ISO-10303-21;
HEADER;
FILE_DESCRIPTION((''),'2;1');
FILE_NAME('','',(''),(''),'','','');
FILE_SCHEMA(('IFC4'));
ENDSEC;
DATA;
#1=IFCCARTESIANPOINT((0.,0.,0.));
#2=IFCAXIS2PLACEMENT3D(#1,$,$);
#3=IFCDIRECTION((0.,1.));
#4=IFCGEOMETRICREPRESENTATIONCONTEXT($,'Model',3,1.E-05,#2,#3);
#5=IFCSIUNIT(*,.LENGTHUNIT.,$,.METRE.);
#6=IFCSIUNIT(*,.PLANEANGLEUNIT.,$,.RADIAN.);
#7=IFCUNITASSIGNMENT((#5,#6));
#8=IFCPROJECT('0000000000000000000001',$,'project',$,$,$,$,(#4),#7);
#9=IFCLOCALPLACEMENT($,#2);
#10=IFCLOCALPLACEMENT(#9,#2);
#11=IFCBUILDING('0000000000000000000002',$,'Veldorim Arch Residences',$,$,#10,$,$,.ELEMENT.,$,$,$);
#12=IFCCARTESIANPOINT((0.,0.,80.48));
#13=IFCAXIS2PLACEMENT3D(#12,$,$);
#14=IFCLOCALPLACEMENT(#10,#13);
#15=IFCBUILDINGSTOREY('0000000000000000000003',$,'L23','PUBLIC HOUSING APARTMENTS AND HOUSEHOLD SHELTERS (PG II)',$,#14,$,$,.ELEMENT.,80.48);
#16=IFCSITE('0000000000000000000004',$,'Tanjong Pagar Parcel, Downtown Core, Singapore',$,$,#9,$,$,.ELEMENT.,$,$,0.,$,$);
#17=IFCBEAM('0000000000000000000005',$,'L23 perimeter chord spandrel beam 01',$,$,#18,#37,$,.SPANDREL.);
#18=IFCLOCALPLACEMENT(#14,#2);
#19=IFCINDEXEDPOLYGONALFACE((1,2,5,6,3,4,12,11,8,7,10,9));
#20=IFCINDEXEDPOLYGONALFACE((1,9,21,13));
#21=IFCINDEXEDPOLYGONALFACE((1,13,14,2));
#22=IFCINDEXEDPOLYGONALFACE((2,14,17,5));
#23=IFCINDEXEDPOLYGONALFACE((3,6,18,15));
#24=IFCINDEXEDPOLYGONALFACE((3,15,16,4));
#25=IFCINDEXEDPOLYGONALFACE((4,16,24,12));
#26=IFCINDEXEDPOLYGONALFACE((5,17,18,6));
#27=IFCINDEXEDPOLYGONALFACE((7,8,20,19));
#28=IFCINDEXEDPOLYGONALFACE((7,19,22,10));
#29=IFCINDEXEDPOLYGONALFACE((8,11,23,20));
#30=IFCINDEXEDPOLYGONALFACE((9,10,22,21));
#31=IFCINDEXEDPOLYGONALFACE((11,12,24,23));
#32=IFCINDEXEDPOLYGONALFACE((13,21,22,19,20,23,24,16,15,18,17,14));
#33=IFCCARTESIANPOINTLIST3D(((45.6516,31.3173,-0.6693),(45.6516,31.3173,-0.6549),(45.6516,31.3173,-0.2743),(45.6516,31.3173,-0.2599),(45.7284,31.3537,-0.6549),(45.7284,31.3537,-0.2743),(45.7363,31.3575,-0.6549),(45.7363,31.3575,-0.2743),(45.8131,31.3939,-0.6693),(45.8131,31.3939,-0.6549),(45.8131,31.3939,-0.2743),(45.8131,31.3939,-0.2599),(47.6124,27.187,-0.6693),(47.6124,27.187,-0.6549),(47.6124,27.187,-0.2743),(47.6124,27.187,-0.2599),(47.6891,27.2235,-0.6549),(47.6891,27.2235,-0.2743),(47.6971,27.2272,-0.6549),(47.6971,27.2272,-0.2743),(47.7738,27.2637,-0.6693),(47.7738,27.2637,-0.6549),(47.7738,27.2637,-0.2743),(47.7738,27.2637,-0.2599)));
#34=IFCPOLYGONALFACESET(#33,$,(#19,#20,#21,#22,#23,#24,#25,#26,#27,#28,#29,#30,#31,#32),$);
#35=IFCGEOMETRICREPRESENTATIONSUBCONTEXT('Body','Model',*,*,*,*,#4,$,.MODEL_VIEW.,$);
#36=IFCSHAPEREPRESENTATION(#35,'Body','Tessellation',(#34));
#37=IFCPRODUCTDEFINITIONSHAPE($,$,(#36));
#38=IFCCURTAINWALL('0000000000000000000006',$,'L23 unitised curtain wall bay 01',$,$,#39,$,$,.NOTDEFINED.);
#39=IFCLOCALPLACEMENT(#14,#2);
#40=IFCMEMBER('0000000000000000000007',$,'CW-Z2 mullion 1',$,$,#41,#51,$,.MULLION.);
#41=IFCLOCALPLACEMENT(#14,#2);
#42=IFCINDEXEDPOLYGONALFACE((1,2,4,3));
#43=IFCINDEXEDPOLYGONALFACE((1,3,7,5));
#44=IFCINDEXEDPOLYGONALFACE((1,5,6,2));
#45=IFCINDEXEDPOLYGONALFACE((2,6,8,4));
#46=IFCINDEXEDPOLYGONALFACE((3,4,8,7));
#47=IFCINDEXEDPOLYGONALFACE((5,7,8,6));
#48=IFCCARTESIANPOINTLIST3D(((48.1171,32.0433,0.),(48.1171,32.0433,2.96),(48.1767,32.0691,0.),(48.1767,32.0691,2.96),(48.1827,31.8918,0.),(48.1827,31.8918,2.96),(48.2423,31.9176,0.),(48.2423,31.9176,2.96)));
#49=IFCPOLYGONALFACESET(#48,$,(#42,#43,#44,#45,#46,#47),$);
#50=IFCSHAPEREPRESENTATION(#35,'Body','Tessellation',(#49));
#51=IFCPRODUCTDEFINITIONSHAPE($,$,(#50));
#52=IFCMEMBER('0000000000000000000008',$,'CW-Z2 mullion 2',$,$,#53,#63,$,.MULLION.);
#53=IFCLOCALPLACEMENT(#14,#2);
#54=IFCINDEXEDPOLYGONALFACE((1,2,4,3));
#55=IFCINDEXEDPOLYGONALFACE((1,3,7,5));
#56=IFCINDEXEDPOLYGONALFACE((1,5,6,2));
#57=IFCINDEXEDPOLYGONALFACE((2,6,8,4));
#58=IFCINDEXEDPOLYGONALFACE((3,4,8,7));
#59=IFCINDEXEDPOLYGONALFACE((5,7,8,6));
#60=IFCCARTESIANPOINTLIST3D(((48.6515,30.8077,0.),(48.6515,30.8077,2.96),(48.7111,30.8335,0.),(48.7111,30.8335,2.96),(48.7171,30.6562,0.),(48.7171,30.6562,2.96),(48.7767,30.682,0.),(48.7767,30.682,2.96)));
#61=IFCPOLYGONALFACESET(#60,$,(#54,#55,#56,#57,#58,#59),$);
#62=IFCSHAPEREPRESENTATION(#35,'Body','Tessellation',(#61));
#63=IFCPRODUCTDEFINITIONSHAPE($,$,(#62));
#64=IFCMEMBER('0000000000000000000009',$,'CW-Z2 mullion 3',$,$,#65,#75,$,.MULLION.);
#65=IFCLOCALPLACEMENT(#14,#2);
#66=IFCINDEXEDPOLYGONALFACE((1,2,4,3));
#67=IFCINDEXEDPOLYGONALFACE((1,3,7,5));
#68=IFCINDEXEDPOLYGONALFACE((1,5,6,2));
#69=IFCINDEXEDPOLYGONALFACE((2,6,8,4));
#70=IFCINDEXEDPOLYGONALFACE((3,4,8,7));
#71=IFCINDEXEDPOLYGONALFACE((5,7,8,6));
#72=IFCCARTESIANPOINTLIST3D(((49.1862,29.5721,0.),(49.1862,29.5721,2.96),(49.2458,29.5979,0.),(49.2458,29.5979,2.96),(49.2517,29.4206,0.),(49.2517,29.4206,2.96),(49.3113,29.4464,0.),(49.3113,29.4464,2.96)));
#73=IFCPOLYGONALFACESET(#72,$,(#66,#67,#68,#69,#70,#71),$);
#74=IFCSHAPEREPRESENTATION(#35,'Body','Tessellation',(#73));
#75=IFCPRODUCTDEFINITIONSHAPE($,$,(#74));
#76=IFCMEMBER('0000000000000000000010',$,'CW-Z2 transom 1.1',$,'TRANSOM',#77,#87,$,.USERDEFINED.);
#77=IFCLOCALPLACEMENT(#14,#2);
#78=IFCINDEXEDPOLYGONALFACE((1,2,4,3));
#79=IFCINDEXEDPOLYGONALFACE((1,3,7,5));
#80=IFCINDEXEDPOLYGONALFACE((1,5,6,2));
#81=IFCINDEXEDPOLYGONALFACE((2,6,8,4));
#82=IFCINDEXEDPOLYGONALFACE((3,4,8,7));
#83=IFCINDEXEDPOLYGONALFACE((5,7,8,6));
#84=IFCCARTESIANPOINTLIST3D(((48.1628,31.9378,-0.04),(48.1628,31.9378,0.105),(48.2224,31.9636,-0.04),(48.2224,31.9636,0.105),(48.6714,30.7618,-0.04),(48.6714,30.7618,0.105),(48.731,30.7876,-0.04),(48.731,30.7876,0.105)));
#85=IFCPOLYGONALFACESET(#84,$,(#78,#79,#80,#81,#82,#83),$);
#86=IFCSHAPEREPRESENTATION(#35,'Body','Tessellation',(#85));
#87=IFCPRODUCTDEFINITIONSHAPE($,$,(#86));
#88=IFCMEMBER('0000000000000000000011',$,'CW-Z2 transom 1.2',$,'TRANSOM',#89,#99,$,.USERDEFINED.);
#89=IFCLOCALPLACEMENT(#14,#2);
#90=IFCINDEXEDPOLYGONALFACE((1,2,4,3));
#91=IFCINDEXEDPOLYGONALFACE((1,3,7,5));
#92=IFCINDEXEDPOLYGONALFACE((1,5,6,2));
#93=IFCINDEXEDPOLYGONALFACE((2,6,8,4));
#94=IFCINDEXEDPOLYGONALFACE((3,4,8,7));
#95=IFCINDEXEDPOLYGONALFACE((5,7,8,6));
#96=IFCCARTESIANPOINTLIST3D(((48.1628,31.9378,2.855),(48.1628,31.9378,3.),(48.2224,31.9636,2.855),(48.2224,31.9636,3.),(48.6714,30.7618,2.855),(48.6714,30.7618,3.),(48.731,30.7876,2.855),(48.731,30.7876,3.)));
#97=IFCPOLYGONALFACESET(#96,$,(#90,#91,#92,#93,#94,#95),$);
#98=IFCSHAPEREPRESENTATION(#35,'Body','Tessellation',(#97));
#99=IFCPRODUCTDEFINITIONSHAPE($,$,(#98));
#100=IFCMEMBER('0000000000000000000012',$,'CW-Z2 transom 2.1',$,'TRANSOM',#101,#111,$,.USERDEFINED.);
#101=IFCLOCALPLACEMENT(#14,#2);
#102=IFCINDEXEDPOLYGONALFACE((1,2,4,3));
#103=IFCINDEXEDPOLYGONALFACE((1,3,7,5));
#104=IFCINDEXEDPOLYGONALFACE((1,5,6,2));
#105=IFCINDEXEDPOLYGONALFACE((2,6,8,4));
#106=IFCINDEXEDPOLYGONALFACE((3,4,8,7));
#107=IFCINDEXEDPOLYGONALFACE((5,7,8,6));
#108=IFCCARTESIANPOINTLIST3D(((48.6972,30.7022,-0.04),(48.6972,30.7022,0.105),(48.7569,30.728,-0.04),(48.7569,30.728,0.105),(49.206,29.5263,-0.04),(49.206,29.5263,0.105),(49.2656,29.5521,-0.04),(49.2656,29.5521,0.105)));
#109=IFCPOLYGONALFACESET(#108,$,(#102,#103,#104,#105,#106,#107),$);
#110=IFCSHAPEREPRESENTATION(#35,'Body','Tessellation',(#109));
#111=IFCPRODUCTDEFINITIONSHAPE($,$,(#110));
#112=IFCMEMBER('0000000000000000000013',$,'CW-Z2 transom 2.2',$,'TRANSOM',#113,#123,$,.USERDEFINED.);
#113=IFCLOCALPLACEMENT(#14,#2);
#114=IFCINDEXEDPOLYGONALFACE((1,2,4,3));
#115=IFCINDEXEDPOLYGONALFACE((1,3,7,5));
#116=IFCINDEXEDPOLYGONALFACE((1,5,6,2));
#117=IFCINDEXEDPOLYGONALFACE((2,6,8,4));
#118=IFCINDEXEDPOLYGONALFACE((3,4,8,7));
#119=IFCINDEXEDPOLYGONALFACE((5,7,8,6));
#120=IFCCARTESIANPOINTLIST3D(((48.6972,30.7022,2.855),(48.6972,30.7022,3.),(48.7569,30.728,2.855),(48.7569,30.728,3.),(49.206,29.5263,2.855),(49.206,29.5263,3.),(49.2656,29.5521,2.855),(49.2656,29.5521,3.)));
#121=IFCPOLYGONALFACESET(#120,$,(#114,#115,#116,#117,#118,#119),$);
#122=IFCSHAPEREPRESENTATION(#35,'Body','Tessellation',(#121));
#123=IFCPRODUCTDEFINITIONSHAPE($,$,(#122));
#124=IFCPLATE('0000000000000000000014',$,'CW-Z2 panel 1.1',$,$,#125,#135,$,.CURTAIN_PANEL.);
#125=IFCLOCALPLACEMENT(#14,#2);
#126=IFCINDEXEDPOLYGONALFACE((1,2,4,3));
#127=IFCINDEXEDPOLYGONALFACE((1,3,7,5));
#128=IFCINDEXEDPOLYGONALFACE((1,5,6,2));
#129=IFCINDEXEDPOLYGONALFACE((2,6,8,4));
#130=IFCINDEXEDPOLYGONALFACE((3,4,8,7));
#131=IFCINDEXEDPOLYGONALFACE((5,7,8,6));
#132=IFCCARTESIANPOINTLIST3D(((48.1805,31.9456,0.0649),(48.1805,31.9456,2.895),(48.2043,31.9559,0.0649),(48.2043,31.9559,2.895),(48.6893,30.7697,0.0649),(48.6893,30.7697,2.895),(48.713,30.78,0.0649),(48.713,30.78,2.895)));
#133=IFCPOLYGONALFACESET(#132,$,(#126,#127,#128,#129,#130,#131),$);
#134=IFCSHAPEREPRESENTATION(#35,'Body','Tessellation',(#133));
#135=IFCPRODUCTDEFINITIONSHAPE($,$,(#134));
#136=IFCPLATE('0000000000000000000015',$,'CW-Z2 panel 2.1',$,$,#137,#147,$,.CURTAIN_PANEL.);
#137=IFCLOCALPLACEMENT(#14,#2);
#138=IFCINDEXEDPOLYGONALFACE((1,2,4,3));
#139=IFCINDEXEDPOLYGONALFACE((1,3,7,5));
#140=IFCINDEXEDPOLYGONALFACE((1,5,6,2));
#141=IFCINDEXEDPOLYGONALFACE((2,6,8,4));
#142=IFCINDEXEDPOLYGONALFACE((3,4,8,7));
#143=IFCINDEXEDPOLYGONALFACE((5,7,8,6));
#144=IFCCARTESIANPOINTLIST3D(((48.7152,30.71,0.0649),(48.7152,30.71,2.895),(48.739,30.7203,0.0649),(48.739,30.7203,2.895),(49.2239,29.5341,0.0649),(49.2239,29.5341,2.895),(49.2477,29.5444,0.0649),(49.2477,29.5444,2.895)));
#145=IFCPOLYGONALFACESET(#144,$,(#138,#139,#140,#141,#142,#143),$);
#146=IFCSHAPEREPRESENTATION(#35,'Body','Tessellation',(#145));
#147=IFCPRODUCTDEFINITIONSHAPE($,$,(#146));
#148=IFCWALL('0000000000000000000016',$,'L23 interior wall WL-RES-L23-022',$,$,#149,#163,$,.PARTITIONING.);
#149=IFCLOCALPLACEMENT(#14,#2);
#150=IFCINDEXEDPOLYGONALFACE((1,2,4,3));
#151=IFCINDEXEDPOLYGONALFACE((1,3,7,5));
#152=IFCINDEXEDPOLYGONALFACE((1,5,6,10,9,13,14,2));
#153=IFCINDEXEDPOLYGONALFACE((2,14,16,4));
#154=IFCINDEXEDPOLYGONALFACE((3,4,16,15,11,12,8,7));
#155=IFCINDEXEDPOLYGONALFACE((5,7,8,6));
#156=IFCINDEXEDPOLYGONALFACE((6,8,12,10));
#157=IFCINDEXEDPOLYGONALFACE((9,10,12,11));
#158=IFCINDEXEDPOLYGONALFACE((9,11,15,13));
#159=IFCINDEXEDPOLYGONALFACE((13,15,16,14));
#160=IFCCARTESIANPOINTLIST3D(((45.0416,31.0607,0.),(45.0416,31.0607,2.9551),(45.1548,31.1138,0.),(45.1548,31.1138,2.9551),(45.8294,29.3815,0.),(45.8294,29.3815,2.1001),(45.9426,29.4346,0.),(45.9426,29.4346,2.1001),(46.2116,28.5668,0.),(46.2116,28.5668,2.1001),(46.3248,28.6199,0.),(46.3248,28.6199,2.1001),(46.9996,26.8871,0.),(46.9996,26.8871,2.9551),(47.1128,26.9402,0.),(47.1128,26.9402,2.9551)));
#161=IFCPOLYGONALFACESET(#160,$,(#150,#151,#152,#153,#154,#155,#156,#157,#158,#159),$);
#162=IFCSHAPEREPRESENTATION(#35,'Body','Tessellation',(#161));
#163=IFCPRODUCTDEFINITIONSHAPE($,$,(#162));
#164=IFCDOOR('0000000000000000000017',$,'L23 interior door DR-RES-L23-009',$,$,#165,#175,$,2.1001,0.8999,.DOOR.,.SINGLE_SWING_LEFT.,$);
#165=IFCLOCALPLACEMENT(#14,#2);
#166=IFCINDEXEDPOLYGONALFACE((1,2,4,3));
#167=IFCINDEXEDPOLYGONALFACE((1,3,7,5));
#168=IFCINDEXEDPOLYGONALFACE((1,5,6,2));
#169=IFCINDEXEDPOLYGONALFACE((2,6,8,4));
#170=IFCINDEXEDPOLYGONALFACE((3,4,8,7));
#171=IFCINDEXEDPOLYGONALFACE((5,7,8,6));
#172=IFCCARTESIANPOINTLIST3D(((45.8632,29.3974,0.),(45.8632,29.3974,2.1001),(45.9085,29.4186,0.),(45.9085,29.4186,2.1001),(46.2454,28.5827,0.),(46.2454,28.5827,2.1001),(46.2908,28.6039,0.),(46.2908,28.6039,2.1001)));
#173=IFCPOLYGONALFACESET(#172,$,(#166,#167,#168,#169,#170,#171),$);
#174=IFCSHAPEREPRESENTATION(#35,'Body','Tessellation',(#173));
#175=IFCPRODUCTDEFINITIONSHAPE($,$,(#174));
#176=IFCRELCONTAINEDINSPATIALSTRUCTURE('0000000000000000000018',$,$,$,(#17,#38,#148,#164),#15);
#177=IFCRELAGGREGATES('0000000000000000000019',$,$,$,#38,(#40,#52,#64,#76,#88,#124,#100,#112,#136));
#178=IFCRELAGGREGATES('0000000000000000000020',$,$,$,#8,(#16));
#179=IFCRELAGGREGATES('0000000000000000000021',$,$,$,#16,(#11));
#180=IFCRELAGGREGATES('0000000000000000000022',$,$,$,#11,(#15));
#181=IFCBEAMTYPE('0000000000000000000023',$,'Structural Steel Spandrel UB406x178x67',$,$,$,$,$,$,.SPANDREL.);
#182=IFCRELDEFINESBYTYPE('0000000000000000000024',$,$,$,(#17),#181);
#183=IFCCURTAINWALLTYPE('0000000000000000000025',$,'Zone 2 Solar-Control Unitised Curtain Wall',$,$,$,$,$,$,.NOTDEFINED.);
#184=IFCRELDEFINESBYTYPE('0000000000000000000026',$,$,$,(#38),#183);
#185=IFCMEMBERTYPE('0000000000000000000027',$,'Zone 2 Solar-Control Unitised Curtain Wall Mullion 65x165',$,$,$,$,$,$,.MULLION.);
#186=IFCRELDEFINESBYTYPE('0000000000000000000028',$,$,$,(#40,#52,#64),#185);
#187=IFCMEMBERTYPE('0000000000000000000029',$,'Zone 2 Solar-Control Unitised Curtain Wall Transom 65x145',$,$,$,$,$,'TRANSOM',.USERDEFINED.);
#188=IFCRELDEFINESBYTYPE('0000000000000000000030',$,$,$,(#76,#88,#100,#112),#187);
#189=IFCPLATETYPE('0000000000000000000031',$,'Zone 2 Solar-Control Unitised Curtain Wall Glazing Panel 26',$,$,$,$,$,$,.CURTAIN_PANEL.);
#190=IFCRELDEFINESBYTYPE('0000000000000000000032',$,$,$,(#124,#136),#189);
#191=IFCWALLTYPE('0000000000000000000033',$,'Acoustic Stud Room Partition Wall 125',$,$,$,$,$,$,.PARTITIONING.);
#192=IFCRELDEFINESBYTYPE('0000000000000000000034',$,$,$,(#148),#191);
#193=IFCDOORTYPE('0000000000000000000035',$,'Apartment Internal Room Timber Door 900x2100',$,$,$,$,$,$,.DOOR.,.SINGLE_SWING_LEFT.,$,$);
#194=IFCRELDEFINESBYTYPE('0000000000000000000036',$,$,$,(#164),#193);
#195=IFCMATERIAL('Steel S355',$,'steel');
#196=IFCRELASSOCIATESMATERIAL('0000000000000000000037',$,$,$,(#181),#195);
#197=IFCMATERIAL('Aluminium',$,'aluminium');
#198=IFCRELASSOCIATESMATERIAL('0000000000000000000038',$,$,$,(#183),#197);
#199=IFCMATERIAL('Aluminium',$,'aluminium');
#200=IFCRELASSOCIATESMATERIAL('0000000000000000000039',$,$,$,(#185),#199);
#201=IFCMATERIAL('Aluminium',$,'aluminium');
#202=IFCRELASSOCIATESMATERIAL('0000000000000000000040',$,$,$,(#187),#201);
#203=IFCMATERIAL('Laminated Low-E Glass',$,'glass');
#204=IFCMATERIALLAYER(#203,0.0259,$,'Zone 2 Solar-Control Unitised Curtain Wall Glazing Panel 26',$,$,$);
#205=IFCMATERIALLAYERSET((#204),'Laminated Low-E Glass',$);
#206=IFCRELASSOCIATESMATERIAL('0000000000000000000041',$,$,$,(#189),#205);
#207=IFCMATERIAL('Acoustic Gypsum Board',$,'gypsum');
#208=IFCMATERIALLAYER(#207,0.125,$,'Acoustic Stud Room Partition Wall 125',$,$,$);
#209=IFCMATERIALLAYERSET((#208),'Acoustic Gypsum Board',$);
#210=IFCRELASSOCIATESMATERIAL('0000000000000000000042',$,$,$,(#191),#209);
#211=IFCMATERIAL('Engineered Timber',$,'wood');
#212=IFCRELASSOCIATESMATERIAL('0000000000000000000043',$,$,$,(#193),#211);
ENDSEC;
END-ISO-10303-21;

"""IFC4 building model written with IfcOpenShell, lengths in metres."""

from ifc_helpers import new_model, si_unit, direction, frame, frame_2d, origin, origin_2d, place, context, subcontext, project, spatial, rectangle, i_section, extrude, material, layer, layer_set, material_profile, profile_set, type_object, element, fill, aggregate, save


model = new_model("IFC4")

# Units and contexts
model_context = context("Model", 3, precision=1e-05, world=origin(), true_north=direction((0.0, 1.0)))
body_context = subcontext(model_context, "Body", "Model", "MODEL_VIEW")
ifc_project = project(units=[si_unit("LENGTHUNIT", "METRE"), si_unit("PLANEANGLEUNIT", "RADIAN")], contexts=[model_context])

# Site, building, storey
site_placement = place(None, origin())
site = spatial("IfcSite", under=ifc_project, at=site_placement, Name="Tanjong Pagar Parcel, Downtown Core, Singapore", CompositionType="ELEMENT", RefElevation=0.0)
building_placement = place(site_placement, origin())
building = spatial("IfcBuilding", under=site, at=building_placement, Name="Veldorim Arch Residences", CompositionType="ELEMENT")
storey_placement = place(building_placement, frame((0.0, 0.0, 80.48)))
storey = spatial("IfcBuildingStorey", under=building, at=storey_placement, Name="L23", Description="PUBLIC HOUSING APARTMENTS AND HOUSEHOLD SHELTERS (PG II)", CompositionType="ELEMENT", Elevation=80.48)

# Beam
ifc_material_1 = material(Name="Steel S355", Category="steel")
ifc_material_profile_1 = material_profile(ifc_material_1, i_section(OverallWidth=0.1787, OverallDepth=0.4094, WebThickness=0.0088, FlangeThickness=0.0144, at=origin_2d()), Name="UB406x178x67")
ifc_profile_set_1 = profile_set([ifc_material_profile_1], Name="Steel S355")
beam_type_1 = type_object("IfcBeamType", Name="Structural Steel Spandrel UB406x178x67", PredefinedType="SPANDREL", material=ifc_profile_set_1)
beam_1_placement = place(storey_placement, frame((47.6931, 27.2253, -0.4646), z_axis=(-0.428857, 0.903372, 0.0), x_axis=(-0.903372, -0.428857, 0.0)))
element("IfcBeam", 1, at=beam_1_placement, inside=storey, type_object=beam_type_1, Name="L23 perimeter chord spandrel beam 01", PredefinedType="SPANDREL", context=body_context, shape_type="SweptSolid", body=[
    extrude(i_section(OverallWidth=0.1787, OverallDepth=0.4094, WebThickness=0.0088, FlangeThickness=0.0144, at=origin_2d()), origin(), (0.0, 0.0, 1.0), 4.572),
])

# Curtain wall, members, plates
ifc_material_2 = material(Name="Aluminium", Category="aluminium")
curtain_wall_type = type_object("IfcCurtainWallType", Name="Zone 2 Solar-Control Unitised Curtain Wall", PredefinedType="NOTDEFINED", material=ifc_material_2)
curtain_wall_placement = place(storey_placement, origin())
curtain_wall = element("IfcCurtainWall", 2, at=curtain_wall_placement, inside=storey, type_object=curtain_wall_type, Name="L23 unitised curtain wall bay 01", PredefinedType="NOTDEFINED")
ifc_material_3 = material(Name="Aluminium", Category="aluminium")
ifc_material_profile_2 = material_profile(ifc_material_3, rectangle(XDim=0.0649, YDim=0.165, at=origin_2d()), Name="ALU_MUL_65x165")
ifc_profile_set_2 = profile_set([ifc_material_profile_2], Name="Aluminium")
member_type_1 = type_object("IfcMemberType", Name="Zone 2 Solar-Control Unitised Curtain Wall Mullion 65x165", PredefinedType="MULLION", material=ifc_profile_set_2)
member_1_placement = place(storey_placement, frame((48.1797, 31.9805, 0.0), z_axis=(0.0, 0.0, 1.0), x_axis=(0.917797, 0.397051, 0.0)))
member_1 = element("IfcMember", 3, at=member_1_placement, type_object=member_type_1, Name="CW-Z2 mullion 1", PredefinedType="MULLION", context=body_context, shape_type="SweptSolid", body=[
    extrude(rectangle(XDim=0.0649, YDim=0.165, at=origin_2d()), origin(), (0.0, 0.0, 1.0), 2.96),
])
member_2_placement = place(storey_placement, frame((48.7141, 30.7449, 0.0), z_axis=(0.0, 0.0, 1.0), x_axis=(0.917797, 0.397051, 0.0)))
member_2 = element("IfcMember", 4, at=member_2_placement, type_object=member_type_1, Name="CW-Z2 mullion 2", PredefinedType="MULLION", context=body_context, shape_type="SweptSolid", body=[
    extrude(rectangle(XDim=0.0649, YDim=0.165, at=origin_2d()), origin(), (0.0, 0.0, 1.0), 2.96),
])
member_3_placement = place(storey_placement, frame((49.2488, 29.5093, 0.0), z_axis=(0.0, 0.0, 1.0), x_axis=(0.917797, 0.397051, 0.0)))
member_3 = element("IfcMember", 5, at=member_3_placement, type_object=member_type_1, Name="CW-Z2 mullion 3", PredefinedType="MULLION", context=body_context, shape_type="SweptSolid", body=[
    extrude(rectangle(XDim=0.0649, YDim=0.165, at=origin_2d()), origin(), (0.0, 0.0, 1.0), 2.96),
])
ifc_material_4 = material(Name="Aluminium", Category="aluminium")
ifc_material_profile_3 = material_profile(ifc_material_4, rectangle(XDim=0.0649, YDim=0.145, at=origin_2d()), Name="ALU_TRN_65x145")
ifc_profile_set_3 = profile_set([ifc_material_profile_3], Name="Aluminium")
member_type_2 = type_object("IfcMemberType", Name="Zone 2 Solar-Control Unitised Curtain Wall Transom 65x145", ElementType="TRANSOM", PredefinedType="USERDEFINED", material=ifc_profile_set_3)
member_4_placement = place(storey_placement, frame((48.1926, 31.9507, 0.0325), z_axis=(0.396907, -0.917859, 0.0), x_axis=(0.917859, 0.396907, 0.0)))
member_4 = element("IfcMember", 6, at=member_4_placement, type_object=member_type_2, Name="CW-Z2 transom 1.1", ObjectType="TRANSOM", PredefinedType="USERDEFINED", context=body_context, shape_type="SweptSolid", body=[
    extrude(rectangle(XDim=0.0649, YDim=0.145, at=origin_2d()), origin(), (0.0, 0.0, 1.0), 1.2812),
])
member_5_placement = place(storey_placement, frame((48.1926, 31.9507, 2.9275), z_axis=(0.396907, -0.917859, 0.0), x_axis=(0.917859, 0.396907, 0.0)))
member_5 = element("IfcMember", 7, at=member_5_placement, type_object=member_type_2, Name="CW-Z2 transom 1.2", ObjectType="TRANSOM", PredefinedType="USERDEFINED", context=body_context, shape_type="SweptSolid", body=[
    extrude(rectangle(XDim=0.0649, YDim=0.145, at=origin_2d()), origin(), (0.0, 0.0, 1.0), 1.2812),
])
member_6_placement = place(storey_placement, frame((48.7271, 30.7151, 0.0325), z_axis=(0.397067, -0.917789, 0.0), x_axis=(0.917789, 0.397067, 0.0)))
member_6 = element("IfcMember", 8, at=member_6_placement, type_object=member_type_2, Name="CW-Z2 transom 2.1", ObjectType="TRANSOM", PredefinedType="USERDEFINED", context=body_context, shape_type="SweptSolid", body=[
    extrude(rectangle(XDim=0.0649, YDim=0.145, at=origin_2d()), origin(), (0.0, 0.0, 1.0), 1.2812),
])
member_7_placement = place(storey_placement, frame((48.7271, 30.7151, 2.9275), z_axis=(0.397067, -0.917789, 0.0), x_axis=(0.917789, 0.397067, 0.0)))
member_7 = element("IfcMember", 9, at=member_7_placement, type_object=member_type_2, Name="CW-Z2 transom 2.2", ObjectType="TRANSOM", PredefinedType="USERDEFINED", context=body_context, shape_type="SweptSolid", body=[
    extrude(rectangle(XDim=0.0649, YDim=0.145, at=origin_2d()), origin(), (0.0, 0.0, 1.0), 1.2812),
])
ifc_material_5 = material(Name="Laminated Low-E Glass", Category="glass")
ifc_layer_1 = layer(ifc_material_5, 0.0259, Name="Zone 2 Solar-Control Unitised Curtain Wall Glazing Panel 26")
ifc_layer_set_1 = layer_set([ifc_layer_1], Name="Laminated Low-E Glass")
plate_type = type_object("IfcPlateType", Name="Zone 2 Solar-Control Unitised Curtain Wall Glazing Panel 26", PredefinedType="CURTAIN_PANEL", material=ifc_layer_set_1)
plate_1_placement = place(storey_placement, frame((48.4468, 31.3628, 0.0649), z_axis=(0.0, 0.0, 1.0), x_axis=(0.397051, -0.917797, 0.0)))
plate_1 = element("IfcPlate", 10, at=plate_1_placement, type_object=plate_type, Name="CW-Z2 panel 1.1", PredefinedType="CURTAIN_PANEL", context=body_context, shape_type="SweptSolid", body=[
    extrude(rectangle(XDim=1.2812, YDim=0.0259, at=origin_2d()), origin(), (0.0, 0.0, 1.0), 2.8301),
])
plate_2_placement = place(storey_placement, frame((48.9814, 30.1272, 0.0649), z_axis=(0.0, 0.0, 1.0), x_axis=(0.397051, -0.917797, 0.0)))
plate_2 = element("IfcPlate", 11, at=plate_2_placement, type_object=plate_type, Name="CW-Z2 panel 2.1", PredefinedType="CURTAIN_PANEL", context=body_context, shape_type="SweptSolid", body=[
    extrude(rectangle(XDim=1.2812, YDim=0.0259, at=origin_2d()), origin(), (0.0, 0.0, 1.0), 2.8301),
])
aggregate(curtain_wall, [member_1, member_2, member_3, member_4, member_5, plate_1, member_6, member_7, plate_2])

# Wall, opening, door
ifc_material_6 = material(Name="Acoustic Gypsum Board", Category="gypsum")
ifc_layer_2 = layer(ifc_material_6, 0.125, Name="Acoustic Stud Room Partition Wall 125")
ifc_layer_set_2 = layer_set([ifc_layer_2], Name="Acoustic Gypsum Board")
wall_type_1 = type_object("IfcWallType", Name="Acoustic Stud Room Partition Wall 125", PredefinedType="PARTITIONING", material=ifc_layer_set_2)
wall_1_placement = place(storey_placement, frame((45.0981, 31.0874, 0.0), z_axis=(0.0, 0.0, 1.0), x_axis=(0.424726, -0.905322, 0.0)))
wall_1 = element("IfcWall", 12, at=wall_1_placement, inside=storey, type_object=wall_type_1, Name="L23 interior wall WL-RES-L23-022", PredefinedType="PARTITIONING", context=body_context, shape_type="SweptSolid", body=[
    extrude(rectangle(XDim=4.6101, YDim=0.125, at=frame_2d((2.3052, 0.0))), origin(), (0.0, 0.0, 1.0), 2.9551),
])
opening_1_placement = place(wall_1_placement, frame((1.855, 0.0, 0.0)))
opening_1 = element("IfcOpeningElement", 13, at=opening_1_placement, cuts=wall_1, PredefinedType="OPENING", context=body_context, shape_type="SweptSolid", body=[
    extrude(rectangle(XDim=0.8999, YDim=2.1001, at=frame_2d((0.45, 1.05))), frame((0.0, 0.0725, 0.0), z_axis=(0.0, -1.0, 0.0), x_axis=(1.0, 0.0, 0.0)), (0.0, 0.0, 1.0), 0.145),
])
ifc_material_7 = material(Name="Engineered Timber", Category="wood")
door_type = type_object("IfcDoorType", Name="Apartment Internal Room Timber Door 900x2100", OperationType="SINGLE_SWING_LEFT", PredefinedType="DOOR", material=ifc_material_7)
door_placement = place(opening_1_placement, origin())
door = element("IfcDoor", 14, at=door_placement, inside=storey, type_object=door_type, Name="L23 interior door DR-RES-L23-009", OperationType="SINGLE_SWING_LEFT", OverallHeight=2.1001, OverallWidth=0.8999, PredefinedType="DOOR", context=body_context, shape_type="SweptSolid", body=[
    extrude(rectangle(XDim=0.8999, YDim=2.1001, at=frame_2d((0.45, 1.05))), frame((0.0, 0.0249, 0.0), z_axis=(0.0, -1.0, 0.0), x_axis=(1.0, 0.0, 0.0)), (0.0, 0.0, 1.0), 0.05),
])
fill(opening_1, door)

save(model, "model.ifc")
